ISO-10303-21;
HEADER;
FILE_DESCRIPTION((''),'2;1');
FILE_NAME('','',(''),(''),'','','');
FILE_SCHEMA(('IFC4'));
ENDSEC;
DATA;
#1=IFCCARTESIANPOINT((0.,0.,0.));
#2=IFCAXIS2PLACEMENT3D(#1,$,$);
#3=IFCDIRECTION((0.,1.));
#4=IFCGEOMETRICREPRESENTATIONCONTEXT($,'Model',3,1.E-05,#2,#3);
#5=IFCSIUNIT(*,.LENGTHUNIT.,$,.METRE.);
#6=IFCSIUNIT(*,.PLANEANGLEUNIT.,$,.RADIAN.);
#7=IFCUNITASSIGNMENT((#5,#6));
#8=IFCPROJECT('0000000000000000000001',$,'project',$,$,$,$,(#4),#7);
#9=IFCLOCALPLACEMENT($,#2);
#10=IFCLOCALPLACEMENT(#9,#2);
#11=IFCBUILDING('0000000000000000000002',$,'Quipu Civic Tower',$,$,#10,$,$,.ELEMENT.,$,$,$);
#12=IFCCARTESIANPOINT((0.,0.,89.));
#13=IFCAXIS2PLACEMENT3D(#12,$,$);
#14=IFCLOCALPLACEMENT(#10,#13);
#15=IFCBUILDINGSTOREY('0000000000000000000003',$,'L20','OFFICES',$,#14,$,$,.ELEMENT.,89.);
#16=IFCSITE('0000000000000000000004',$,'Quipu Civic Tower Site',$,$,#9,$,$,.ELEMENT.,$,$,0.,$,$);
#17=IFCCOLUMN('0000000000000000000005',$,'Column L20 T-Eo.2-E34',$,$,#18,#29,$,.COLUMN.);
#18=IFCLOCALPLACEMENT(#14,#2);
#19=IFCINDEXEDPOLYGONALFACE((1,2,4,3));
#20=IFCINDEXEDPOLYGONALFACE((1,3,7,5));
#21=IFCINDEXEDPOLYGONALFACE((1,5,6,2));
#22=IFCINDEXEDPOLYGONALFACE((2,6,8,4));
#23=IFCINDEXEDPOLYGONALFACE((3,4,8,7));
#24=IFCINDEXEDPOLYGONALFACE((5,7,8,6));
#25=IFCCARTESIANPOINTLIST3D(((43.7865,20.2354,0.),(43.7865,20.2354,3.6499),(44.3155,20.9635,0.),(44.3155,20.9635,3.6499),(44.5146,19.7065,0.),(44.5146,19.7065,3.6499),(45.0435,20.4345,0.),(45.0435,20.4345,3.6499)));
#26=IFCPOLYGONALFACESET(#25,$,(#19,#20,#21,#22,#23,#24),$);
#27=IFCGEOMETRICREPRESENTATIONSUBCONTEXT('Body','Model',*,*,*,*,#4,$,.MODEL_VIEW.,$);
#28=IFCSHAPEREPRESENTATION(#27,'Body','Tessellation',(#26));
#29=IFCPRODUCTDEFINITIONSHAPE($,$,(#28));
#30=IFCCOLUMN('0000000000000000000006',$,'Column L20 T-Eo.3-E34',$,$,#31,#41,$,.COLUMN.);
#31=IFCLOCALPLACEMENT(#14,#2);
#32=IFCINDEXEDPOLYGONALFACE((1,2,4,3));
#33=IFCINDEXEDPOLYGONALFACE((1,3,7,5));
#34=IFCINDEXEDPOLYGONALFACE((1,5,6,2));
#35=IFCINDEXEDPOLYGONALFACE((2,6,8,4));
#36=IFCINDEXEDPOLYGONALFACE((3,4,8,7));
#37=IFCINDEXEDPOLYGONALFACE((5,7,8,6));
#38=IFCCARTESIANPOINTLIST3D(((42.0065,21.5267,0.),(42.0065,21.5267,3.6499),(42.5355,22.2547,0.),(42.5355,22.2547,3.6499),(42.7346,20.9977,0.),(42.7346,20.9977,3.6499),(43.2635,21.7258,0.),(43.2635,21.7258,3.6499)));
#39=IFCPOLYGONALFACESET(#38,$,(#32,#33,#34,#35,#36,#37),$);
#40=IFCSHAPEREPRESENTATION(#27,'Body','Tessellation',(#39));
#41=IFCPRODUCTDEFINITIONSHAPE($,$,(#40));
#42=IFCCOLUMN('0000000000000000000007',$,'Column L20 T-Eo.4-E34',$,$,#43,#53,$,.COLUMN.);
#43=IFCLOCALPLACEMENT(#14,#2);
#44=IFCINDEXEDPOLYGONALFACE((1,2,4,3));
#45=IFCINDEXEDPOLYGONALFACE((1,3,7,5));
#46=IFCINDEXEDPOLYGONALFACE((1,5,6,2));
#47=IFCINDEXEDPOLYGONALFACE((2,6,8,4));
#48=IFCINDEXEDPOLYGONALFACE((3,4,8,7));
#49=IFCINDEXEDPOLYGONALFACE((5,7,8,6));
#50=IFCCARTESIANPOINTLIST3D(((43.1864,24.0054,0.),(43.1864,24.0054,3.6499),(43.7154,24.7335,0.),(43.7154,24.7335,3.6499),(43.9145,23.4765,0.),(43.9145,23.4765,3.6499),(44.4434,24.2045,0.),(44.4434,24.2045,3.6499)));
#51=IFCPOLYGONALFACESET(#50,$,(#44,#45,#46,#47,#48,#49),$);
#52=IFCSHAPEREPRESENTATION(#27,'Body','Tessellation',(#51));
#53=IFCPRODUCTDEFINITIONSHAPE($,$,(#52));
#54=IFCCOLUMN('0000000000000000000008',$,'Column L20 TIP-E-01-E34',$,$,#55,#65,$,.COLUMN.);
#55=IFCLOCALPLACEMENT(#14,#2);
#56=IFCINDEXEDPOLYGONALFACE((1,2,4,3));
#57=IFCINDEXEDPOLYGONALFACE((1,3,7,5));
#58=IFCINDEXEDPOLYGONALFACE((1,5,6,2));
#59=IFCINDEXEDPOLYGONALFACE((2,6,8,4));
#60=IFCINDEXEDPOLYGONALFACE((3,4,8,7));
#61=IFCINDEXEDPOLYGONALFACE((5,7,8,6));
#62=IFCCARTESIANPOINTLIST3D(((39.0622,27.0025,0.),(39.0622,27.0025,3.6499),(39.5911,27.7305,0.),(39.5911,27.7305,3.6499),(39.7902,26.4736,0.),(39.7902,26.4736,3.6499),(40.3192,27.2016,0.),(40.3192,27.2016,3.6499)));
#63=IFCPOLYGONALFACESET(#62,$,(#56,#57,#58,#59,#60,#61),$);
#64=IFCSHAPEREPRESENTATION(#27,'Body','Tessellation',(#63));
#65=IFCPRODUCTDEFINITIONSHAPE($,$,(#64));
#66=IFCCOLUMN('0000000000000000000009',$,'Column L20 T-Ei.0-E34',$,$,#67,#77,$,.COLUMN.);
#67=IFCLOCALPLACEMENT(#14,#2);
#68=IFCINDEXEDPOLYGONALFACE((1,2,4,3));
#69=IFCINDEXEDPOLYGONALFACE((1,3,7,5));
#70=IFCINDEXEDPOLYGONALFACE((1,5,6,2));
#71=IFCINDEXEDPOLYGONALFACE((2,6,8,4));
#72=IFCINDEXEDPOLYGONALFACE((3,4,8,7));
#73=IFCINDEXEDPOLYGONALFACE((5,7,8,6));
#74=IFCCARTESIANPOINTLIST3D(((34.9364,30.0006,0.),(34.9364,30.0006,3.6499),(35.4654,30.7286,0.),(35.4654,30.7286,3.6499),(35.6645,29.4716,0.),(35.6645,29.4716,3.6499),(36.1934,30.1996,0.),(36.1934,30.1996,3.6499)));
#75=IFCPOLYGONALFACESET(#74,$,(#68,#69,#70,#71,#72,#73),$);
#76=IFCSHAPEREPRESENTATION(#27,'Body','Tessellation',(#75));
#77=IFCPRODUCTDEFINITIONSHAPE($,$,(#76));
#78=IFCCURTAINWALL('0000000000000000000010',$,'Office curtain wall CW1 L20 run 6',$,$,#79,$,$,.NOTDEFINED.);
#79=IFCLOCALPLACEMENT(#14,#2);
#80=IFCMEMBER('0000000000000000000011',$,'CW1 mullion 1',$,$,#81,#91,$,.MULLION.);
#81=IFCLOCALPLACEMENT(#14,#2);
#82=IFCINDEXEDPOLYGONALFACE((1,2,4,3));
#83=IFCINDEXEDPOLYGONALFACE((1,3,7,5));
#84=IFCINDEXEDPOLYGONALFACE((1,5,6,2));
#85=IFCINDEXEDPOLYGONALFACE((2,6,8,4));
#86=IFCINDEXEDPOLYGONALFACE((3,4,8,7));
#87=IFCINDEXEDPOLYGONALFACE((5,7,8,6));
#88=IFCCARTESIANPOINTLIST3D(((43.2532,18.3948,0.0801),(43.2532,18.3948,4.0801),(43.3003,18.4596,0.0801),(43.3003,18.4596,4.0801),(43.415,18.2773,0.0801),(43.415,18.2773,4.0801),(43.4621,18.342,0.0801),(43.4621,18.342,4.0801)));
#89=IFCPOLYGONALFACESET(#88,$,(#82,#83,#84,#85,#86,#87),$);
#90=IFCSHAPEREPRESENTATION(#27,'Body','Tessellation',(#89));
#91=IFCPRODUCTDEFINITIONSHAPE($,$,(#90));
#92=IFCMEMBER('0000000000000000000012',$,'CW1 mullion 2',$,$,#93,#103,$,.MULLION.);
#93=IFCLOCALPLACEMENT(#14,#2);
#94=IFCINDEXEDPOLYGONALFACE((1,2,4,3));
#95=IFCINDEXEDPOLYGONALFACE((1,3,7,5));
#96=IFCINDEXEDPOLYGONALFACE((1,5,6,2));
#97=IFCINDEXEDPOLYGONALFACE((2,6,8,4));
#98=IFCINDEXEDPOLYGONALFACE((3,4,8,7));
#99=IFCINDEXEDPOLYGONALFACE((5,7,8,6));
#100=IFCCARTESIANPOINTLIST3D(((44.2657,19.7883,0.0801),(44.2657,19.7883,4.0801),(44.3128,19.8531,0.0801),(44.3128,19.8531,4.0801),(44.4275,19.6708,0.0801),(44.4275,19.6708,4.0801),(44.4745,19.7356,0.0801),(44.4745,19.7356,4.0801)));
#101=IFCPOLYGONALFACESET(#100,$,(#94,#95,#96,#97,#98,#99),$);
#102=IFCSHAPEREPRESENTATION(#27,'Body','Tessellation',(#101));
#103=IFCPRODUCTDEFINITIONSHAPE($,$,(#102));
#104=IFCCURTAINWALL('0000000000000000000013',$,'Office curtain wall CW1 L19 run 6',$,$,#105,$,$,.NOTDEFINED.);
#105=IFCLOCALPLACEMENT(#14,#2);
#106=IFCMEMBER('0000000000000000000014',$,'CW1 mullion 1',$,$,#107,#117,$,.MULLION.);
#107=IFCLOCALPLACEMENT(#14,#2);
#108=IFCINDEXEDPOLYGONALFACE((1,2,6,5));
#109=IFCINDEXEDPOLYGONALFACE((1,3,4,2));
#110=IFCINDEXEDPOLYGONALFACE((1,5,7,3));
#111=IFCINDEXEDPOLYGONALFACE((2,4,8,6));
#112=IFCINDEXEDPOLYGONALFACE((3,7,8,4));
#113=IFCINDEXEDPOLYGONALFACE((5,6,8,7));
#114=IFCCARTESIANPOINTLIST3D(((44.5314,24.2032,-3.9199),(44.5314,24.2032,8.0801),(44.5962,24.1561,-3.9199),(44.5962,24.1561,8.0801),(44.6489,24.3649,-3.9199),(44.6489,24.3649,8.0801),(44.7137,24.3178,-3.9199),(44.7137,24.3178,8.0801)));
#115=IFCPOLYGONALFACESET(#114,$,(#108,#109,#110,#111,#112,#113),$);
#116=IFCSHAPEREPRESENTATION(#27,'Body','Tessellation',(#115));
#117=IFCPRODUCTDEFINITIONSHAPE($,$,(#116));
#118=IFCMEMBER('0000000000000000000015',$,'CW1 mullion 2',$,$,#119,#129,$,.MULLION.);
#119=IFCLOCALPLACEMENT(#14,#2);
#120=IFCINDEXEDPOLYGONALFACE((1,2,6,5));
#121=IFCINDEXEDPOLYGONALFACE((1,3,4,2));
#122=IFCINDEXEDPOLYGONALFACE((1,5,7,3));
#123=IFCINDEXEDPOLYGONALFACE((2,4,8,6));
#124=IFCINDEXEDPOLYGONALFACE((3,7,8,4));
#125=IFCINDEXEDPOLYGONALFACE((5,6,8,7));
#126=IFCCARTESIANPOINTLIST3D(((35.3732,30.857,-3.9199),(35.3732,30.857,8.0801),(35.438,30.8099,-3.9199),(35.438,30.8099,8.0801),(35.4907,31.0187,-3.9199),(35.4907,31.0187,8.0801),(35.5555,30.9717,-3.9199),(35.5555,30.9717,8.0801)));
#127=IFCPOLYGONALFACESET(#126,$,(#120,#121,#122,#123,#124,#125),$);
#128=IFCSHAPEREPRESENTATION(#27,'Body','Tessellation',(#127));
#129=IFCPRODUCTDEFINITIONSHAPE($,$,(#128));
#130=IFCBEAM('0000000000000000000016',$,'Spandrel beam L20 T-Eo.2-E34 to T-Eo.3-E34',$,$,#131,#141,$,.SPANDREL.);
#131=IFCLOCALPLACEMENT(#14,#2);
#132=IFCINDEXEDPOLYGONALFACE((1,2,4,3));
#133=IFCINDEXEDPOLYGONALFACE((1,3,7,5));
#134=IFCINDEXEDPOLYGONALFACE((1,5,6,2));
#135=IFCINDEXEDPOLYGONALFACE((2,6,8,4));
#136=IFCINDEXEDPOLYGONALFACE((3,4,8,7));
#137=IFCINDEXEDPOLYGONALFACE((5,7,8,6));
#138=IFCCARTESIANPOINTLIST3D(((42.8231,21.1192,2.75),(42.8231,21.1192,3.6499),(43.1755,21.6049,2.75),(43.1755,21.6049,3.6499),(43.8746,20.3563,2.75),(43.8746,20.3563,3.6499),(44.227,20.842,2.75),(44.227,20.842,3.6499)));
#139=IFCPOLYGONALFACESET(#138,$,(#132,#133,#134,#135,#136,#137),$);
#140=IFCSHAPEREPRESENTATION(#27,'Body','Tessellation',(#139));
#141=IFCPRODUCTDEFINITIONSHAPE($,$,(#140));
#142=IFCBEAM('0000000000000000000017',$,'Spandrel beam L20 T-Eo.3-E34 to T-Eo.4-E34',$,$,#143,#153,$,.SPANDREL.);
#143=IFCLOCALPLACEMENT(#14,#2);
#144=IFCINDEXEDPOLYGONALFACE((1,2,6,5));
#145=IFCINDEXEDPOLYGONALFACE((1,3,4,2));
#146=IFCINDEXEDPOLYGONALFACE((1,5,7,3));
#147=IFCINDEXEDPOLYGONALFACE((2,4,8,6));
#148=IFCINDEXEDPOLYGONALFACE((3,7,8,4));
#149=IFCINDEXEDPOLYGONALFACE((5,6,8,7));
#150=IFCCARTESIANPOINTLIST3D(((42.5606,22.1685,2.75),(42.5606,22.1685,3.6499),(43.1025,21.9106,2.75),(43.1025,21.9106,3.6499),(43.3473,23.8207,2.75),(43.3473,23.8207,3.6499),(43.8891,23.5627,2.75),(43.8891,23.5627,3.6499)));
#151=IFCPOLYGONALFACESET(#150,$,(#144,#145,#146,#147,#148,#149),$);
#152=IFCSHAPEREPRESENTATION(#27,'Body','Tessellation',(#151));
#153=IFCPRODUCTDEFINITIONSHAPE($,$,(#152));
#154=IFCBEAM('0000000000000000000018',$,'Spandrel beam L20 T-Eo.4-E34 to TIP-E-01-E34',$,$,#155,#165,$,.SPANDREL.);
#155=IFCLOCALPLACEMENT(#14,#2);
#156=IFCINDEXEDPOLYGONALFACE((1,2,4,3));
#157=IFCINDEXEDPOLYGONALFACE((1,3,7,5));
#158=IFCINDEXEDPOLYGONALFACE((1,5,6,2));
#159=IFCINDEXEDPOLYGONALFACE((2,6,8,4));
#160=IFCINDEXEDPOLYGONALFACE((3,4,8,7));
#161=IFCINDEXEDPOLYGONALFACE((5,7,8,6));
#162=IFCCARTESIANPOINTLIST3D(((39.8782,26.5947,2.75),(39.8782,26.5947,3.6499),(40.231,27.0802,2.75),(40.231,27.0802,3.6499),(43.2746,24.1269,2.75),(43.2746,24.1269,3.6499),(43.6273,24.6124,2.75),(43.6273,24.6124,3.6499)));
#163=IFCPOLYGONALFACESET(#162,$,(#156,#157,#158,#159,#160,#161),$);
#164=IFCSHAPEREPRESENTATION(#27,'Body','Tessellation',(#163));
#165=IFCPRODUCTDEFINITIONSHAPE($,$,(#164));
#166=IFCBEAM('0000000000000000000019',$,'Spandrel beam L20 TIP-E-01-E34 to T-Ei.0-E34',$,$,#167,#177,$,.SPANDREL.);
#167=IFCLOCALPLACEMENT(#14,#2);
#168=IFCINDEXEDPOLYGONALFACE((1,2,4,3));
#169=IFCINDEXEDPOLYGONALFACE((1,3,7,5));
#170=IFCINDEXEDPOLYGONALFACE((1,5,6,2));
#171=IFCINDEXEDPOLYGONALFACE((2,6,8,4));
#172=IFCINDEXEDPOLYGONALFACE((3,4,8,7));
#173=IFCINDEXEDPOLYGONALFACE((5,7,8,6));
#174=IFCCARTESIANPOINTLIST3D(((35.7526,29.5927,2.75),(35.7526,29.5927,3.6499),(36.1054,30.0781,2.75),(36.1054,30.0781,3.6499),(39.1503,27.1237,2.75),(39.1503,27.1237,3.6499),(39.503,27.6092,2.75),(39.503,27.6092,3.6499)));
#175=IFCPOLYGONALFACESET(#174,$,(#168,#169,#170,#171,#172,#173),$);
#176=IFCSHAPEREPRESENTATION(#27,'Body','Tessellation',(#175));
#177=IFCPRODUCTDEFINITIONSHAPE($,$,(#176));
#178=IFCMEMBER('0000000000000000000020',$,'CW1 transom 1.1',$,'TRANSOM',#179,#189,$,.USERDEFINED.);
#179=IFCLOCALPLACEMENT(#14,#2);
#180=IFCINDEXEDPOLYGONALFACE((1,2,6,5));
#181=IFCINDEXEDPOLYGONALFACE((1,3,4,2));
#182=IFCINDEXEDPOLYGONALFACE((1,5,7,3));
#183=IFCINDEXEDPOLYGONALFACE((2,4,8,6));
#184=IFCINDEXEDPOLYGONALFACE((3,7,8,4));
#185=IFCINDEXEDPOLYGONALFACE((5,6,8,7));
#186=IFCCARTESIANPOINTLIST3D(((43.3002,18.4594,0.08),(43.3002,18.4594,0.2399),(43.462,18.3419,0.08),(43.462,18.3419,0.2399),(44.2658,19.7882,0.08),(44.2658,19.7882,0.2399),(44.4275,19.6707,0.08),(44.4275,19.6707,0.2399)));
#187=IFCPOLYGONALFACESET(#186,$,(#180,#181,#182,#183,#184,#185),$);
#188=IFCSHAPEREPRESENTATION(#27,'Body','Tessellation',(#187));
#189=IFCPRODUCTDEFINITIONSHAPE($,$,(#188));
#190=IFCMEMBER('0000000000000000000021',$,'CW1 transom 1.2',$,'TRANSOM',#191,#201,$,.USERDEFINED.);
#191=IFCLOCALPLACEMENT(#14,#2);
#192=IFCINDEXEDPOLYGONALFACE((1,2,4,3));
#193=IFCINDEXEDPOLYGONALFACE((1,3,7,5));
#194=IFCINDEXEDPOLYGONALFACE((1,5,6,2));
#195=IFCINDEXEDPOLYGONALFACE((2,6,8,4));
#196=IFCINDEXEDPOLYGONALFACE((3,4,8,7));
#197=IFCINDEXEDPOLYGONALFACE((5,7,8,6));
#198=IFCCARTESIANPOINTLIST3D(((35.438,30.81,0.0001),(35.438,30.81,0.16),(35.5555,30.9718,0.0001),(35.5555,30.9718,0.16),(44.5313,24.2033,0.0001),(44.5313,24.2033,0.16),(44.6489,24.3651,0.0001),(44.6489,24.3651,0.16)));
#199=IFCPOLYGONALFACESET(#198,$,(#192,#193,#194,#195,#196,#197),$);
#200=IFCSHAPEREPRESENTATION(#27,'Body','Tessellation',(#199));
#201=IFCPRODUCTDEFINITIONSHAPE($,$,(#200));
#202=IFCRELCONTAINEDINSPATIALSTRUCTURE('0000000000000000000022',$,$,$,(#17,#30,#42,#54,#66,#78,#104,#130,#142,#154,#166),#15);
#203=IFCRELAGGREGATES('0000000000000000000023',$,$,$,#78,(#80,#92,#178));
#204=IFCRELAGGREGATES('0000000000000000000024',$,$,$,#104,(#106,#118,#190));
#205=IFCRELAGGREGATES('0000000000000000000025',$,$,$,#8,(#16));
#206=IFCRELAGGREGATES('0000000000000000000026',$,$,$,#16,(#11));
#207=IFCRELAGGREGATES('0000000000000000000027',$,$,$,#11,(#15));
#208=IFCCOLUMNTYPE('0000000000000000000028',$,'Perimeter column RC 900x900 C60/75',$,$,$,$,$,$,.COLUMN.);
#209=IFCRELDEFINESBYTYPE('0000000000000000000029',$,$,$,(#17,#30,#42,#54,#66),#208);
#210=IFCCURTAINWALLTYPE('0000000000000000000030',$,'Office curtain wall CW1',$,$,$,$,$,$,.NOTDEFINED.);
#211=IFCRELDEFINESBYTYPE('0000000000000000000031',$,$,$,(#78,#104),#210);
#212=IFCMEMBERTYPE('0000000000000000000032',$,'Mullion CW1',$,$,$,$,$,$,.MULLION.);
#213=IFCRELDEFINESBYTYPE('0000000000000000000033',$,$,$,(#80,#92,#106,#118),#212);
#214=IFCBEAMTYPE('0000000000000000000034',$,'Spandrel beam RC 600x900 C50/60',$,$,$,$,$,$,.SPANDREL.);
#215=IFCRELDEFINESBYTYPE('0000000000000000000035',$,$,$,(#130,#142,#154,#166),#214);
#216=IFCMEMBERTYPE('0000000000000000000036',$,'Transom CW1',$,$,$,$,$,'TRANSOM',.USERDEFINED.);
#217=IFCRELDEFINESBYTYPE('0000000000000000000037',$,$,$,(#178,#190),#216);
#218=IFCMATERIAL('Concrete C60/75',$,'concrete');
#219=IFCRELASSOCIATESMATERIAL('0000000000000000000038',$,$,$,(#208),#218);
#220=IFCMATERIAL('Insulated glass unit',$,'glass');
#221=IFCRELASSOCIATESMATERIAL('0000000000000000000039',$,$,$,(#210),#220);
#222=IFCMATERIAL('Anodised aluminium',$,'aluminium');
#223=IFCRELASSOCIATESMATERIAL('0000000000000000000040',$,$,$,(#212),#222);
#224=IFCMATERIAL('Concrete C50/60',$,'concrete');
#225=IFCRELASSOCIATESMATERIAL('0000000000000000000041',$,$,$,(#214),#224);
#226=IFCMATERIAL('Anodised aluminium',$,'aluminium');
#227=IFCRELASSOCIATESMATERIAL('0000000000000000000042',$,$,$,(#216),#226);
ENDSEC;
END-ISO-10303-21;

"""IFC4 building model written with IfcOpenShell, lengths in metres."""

from ifc_helpers import new_model, si_unit, direction, frame, origin, origin_2d, place, context, subcontext, project, spatial, rectangle, extrude, material, material_profile, profile_set, type_object, element, aggregate, save


model = new_model("IFC4")

# Units and contexts
model_context = context("Model", 3, precision=1e-05, world=origin(), true_north=direction((0.0, 1.0)))
body_context = subcontext(model_context, "Body", "Model", "MODEL_VIEW")
ifc_project = project(units=[si_unit("LENGTHUNIT", "METRE"), si_unit("PLANEANGLEUNIT", "RADIAN")], contexts=[model_context])

# Site, building, storey
site_placement = place(None, origin())
site = spatial("IfcSite", under=ifc_project, at=site_placement, Name="Quipu Civic Tower Site", CompositionType="ELEMENT", RefElevation=0.0)
building_placement = place(site_placement, origin())
building = spatial("IfcBuilding", under=site, at=building_placement, Name="Quipu Civic Tower", CompositionType="ELEMENT")
storey_placement = place(building_placement, frame((0.0, 0.0, 89.0)))
storey = spatial("IfcBuildingStorey", under=building, at=storey_placement, Name="L20", Description="OFFICES", CompositionType="ELEMENT", Elevation=89.0)

# Columns
ifc_material_1 = material(Name="Concrete C60/75", Category="concrete")
ifc_material_profile_1 = material_profile(ifc_material_1, rectangle(XDim=0.8999, YDim=0.8999, at=origin_2d()), Name="RC900x900")
ifc_profile_set_1 = profile_set([ifc_material_profile_1], Name="Concrete C60/75")
column_type = type_object("IfcColumnType", Name="Perimeter column RC 900x900 C60/75", PredefinedType="COLUMN", material=ifc_profile_set_1)
for number, where, z_axis, x_axis, name in (
    (1, (44.415, 20.335, 0.0), (0.0, 0.0, 1.0), (0.587785, 0.809017, 0.0), "Column L20 T-Eo.2-E34"),
    (2, (42.635, 21.6262, 0.0), (0.0, 0.0, 1.0), (-0.809017, 0.587785, 0.0), "Column L20 T-Eo.3-E34"),
    (3, (43.8149, 24.105, 0.0), (0.0, 0.0, 1.0), (-0.809017, 0.587785, 0.0), "Column L20 T-Eo.4-E34"),
    (4, (39.6907, 27.1021, 0.0), (0.0, 0.0, 1.0), (-0.809017, 0.587785, 0.0), "Column L20 TIP-E-01-E34"),
    (5, (35.5649, 30.1001, 0.0), (0.0, 0.0, 1.0), (-0.587785, -0.809017, 0.0), "Column L20 T-Ei.0-E34"),
):
    element("IfcColumn", number, at=place(storey_placement, frame(where, z_axis=z_axis, x_axis=x_axis)), inside=storey, type_object=column_type, Name=name, PredefinedType="COLUMN", context=body_context, shape_type="SweptSolid", body=[
        extrude(rectangle(XDim=0.8999, YDim=0.8999, at=origin_2d()), origin(), (0.0, 0.0, 1.0), 3.6499),
    ])

# Curtain walls, members
ifc_material_2 = material(Name="Insulated glass unit", Category="glass")
curtain_wall_type = type_object("IfcCurtainWallType", Name="Office curtain wall CW1", PredefinedType="NOTDEFINED", material=ifc_material_2)
curtain_wall_1_placement = place(storey_placement, origin())
curtain_wall_1 = element("IfcCurtainWall", 6, at=curtain_wall_1_placement, inside=storey, type_object=curtain_wall_type, Name="Office curtain wall CW1 L20 run 6", PredefinedType="NOTDEFINED")
ifc_material_3 = material(Name="Anodised aluminium", Category="aluminium")
ifc_material_profile_2 = material_profile(ifc_material_3, rectangle(XDim=0.2, YDim=0.0801, at=origin_2d()), Name="RECT 200x80")
ifc_profile_set_2 = profile_set([ifc_material_profile_2], Name="Anodised aluminium")
member_type_1 = type_object("IfcMemberType", Name="Mullion CW1", PredefinedType="MULLION", material=ifc_profile_set_2)
member_1_placement = place(storey_placement, frame((43.3577, 18.3684, 0.0801), z_axis=(0.0, 0.0, 1.0), x_axis=(-0.809021, 0.587779, 0.0)))
member_1 = element("IfcMember", 7, at=member_1_placement, type_object=member_type_1, Name="CW1 mullion 1", PredefinedType="MULLION", context=body_context, shape_type="SweptSolid", body=[
    extrude(rectangle(XDim=0.2, YDim=0.0801, at=origin_2d()), origin(), (0.0, 0.0, 1.0), 4.0),
])
member_2_placement = place(storey_placement, frame((44.3701, 19.762, 0.0801), z_axis=(0.0, 0.0, 1.0), x_axis=(-0.809021, 0.587779, 0.0)))
member_2 = element("IfcMember", 8, at=member_2_placement, type_object=member_type_1, Name="CW1 mullion 2", PredefinedType="MULLION", context=body_context, shape_type="SweptSolid", body=[
    extrude(rectangle(XDim=0.2, YDim=0.0801, at=origin_2d()), origin(), (0.0, 0.0, 1.0), 4.0),
])
curtain_wall_2_placement = place(storey_placement, origin())
curtain_wall_2 = element("IfcCurtainWall", 9, at=curtain_wall_2_placement, inside=storey, type_object=curtain_wall_type, Name="Office curtain wall CW1 L19 run 6", PredefinedType="NOTDEFINED")
member_3_placement = place(storey_placement, frame((44.6226, 24.2605, -3.9199), z_axis=(0.0, 0.0, 1.0), x_axis=(-0.587788, -0.809015, 0.0)))
member_3 = element("IfcMember", 10, at=member_3_placement, type_object=member_type_1, Name="CW1 mullion 1", PredefinedType="MULLION", context=body_context, shape_type="SweptSolid", body=[
    extrude(rectangle(XDim=0.2, YDim=0.0801, at=origin_2d()), origin(), (0.0, 0.0, 1.0), 12.0),
])
member_4_placement = place(storey_placement, frame((35.4644, 30.9143, -3.9199), z_axis=(0.0, 0.0, 1.0), x_axis=(-0.587788, -0.809015, 0.0)))
member_4 = element("IfcMember", 11, at=member_4_placement, type_object=member_type_1, Name="CW1 mullion 2", PredefinedType="MULLION", context=body_context, shape_type="SweptSolid", body=[
    extrude(rectangle(XDim=0.2, YDim=0.0801, at=origin_2d()), origin(), (0.0, 0.0, 1.0), 12.0),
])

# Beams
ifc_material_4 = material(Name="Concrete C50/60", Category="concrete")
ifc_material_profile_3 = material_profile(ifc_material_4, rectangle(XDim=0.6001, YDim=0.8999, at=origin_2d()), Name="RC600x900")
ifc_profile_set_3 = profile_set([ifc_material_profile_3], Name="Concrete C50/60")
beam_type = type_object("IfcBeamType", Name="Spandrel beam RC 600x900 C50/60", PredefinedType="SPANDREL", material=ifc_profile_set_3)
beam_1_placement = place(storey_placement, frame((44.0508, 20.5991, 3.2), z_axis=(-0.809394, 0.587266, 0.0), x_axis=(-0.587266, -0.809394, 0.0)))
element("IfcBeam", 12, at=beam_1_placement, inside=storey, type_object=beam_type, Name="Spandrel beam L20 T-Eo.2-E34 to T-Eo.3-E34", PredefinedType="SPANDREL", context=body_context, shape_type="SweptSolid", body=[
    extrude(rectangle(XDim=0.6001, YDim=0.8999, at=origin_2d()), origin(), (0.0, 0.0, 1.0), 1.2991),
])
beam_2_placement = place(storey_placement, frame((42.8315, 22.0396, 3.2), z_axis=(0.429892, 0.90288, 0.0), x_axis=(-0.90288, 0.429892, 0.0)))
element("IfcBeam", 13, at=beam_2_placement, inside=storey, type_object=beam_type, Name="Spandrel beam L20 T-Eo.3-E34 to T-Eo.4-E34", PredefinedType="SPANDREL", context=body_context, shape_type="SweptSolid", body=[
    extrude(rectangle(XDim=0.6001, YDim=0.8999, at=origin_2d()), origin(), (0.0, 0.0, 1.0), 1.8298),
])
beam_3_placement = place(storey_placement, frame((43.4509, 24.3696, 3.2), z_axis=(-0.808987, 0.587826, 0.0), x_axis=(-0.587826, -0.808987, 0.0)))
element("IfcBeam", 14, at=beam_3_placement, inside=storey, type_object=beam_type, Name="Spandrel beam L20 T-Eo.4-E34 to TIP-E-01-E34", PredefinedType="SPANDREL", context=body_context, shape_type="SweptSolid", body=[
    extrude(rectangle(XDim=0.6001, YDim=0.8999, at=origin_2d()), origin(), (0.0, 0.0, 1.0), 4.1982),
])
beam_4_placement = place(storey_placement, frame((39.3267, 27.3665, 3.2), z_axis=(-0.80897, 0.58785, 0.0), x_axis=(-0.58785, -0.80897, 0.0)))
element("IfcBeam", 15, at=beam_4_placement, inside=storey, type_object=beam_type, Name="Spandrel beam L20 TIP-E-01-E34 to T-Ei.0-E34", PredefinedType="SPANDREL", context=body_context, shape_type="SweptSolid", body=[
    extrude(rectangle(XDim=0.6001, YDim=0.8999, at=origin_2d()), origin(), (0.0, 0.0, 1.0), 4.2),
])

# Members
ifc_material_5 = material(Name="Anodised aluminium", Category="aluminium")
ifc_material_profile_4 = material_profile(ifc_material_5, rectangle(XDim=0.2, YDim=0.1599, at=origin_2d()), Name="RECT 200x160")
ifc_profile_set_4 = profile_set([ifc_material_profile_4], Name="Anodised aluminium")
member_type_2 = type_object("IfcMemberType", Name="Transom CW1", ElementType="TRANSOM", PredefinedType="USERDEFINED", material=ifc_profile_set_4)
member_5_placement = place(storey_placement, frame((43.3811, 18.4006, 0.1599), z_axis=(0.587827, 0.808987, 0.0), x_axis=(-0.808987, 0.587827, 0.0)))
member_5 = element("IfcMember", 16, at=member_5_placement, type_object=member_type_2, Name="CW1 transom 1.1", ObjectType="TRANSOM", PredefinedType="USERDEFINED", context=body_context, shape_type="SweptSolid", body=[
    extrude(rectangle(XDim=0.2, YDim=0.1599, at=origin_2d()), origin(), (0.0, 0.0, 1.0), 1.6426),
])
member_6_placement = place(storey_placement, frame((44.5901, 24.2842, 0.0801), z_axis=(-0.809015, 0.587788, 0.0), x_axis=(-0.587788, -0.809015, 0.0)))
member_6 = element("IfcMember", 17, at=member_6_placement, type_object=member_type_2, Name="CW1 transom 1.2", ObjectType="TRANSOM", PredefinedType="USERDEFINED", context=body_context, shape_type="SweptSolid", body=[
    extrude(rectangle(XDim=0.2, YDim=0.1599, at=origin_2d()), origin(), (0.0, 0.0, 1.0), 11.24),
])

aggregate(curtain_wall_1, [member_1, member_2, member_5])
aggregate(curtain_wall_2, [member_3, member_4, member_6])

save(model, "model.ifc")
